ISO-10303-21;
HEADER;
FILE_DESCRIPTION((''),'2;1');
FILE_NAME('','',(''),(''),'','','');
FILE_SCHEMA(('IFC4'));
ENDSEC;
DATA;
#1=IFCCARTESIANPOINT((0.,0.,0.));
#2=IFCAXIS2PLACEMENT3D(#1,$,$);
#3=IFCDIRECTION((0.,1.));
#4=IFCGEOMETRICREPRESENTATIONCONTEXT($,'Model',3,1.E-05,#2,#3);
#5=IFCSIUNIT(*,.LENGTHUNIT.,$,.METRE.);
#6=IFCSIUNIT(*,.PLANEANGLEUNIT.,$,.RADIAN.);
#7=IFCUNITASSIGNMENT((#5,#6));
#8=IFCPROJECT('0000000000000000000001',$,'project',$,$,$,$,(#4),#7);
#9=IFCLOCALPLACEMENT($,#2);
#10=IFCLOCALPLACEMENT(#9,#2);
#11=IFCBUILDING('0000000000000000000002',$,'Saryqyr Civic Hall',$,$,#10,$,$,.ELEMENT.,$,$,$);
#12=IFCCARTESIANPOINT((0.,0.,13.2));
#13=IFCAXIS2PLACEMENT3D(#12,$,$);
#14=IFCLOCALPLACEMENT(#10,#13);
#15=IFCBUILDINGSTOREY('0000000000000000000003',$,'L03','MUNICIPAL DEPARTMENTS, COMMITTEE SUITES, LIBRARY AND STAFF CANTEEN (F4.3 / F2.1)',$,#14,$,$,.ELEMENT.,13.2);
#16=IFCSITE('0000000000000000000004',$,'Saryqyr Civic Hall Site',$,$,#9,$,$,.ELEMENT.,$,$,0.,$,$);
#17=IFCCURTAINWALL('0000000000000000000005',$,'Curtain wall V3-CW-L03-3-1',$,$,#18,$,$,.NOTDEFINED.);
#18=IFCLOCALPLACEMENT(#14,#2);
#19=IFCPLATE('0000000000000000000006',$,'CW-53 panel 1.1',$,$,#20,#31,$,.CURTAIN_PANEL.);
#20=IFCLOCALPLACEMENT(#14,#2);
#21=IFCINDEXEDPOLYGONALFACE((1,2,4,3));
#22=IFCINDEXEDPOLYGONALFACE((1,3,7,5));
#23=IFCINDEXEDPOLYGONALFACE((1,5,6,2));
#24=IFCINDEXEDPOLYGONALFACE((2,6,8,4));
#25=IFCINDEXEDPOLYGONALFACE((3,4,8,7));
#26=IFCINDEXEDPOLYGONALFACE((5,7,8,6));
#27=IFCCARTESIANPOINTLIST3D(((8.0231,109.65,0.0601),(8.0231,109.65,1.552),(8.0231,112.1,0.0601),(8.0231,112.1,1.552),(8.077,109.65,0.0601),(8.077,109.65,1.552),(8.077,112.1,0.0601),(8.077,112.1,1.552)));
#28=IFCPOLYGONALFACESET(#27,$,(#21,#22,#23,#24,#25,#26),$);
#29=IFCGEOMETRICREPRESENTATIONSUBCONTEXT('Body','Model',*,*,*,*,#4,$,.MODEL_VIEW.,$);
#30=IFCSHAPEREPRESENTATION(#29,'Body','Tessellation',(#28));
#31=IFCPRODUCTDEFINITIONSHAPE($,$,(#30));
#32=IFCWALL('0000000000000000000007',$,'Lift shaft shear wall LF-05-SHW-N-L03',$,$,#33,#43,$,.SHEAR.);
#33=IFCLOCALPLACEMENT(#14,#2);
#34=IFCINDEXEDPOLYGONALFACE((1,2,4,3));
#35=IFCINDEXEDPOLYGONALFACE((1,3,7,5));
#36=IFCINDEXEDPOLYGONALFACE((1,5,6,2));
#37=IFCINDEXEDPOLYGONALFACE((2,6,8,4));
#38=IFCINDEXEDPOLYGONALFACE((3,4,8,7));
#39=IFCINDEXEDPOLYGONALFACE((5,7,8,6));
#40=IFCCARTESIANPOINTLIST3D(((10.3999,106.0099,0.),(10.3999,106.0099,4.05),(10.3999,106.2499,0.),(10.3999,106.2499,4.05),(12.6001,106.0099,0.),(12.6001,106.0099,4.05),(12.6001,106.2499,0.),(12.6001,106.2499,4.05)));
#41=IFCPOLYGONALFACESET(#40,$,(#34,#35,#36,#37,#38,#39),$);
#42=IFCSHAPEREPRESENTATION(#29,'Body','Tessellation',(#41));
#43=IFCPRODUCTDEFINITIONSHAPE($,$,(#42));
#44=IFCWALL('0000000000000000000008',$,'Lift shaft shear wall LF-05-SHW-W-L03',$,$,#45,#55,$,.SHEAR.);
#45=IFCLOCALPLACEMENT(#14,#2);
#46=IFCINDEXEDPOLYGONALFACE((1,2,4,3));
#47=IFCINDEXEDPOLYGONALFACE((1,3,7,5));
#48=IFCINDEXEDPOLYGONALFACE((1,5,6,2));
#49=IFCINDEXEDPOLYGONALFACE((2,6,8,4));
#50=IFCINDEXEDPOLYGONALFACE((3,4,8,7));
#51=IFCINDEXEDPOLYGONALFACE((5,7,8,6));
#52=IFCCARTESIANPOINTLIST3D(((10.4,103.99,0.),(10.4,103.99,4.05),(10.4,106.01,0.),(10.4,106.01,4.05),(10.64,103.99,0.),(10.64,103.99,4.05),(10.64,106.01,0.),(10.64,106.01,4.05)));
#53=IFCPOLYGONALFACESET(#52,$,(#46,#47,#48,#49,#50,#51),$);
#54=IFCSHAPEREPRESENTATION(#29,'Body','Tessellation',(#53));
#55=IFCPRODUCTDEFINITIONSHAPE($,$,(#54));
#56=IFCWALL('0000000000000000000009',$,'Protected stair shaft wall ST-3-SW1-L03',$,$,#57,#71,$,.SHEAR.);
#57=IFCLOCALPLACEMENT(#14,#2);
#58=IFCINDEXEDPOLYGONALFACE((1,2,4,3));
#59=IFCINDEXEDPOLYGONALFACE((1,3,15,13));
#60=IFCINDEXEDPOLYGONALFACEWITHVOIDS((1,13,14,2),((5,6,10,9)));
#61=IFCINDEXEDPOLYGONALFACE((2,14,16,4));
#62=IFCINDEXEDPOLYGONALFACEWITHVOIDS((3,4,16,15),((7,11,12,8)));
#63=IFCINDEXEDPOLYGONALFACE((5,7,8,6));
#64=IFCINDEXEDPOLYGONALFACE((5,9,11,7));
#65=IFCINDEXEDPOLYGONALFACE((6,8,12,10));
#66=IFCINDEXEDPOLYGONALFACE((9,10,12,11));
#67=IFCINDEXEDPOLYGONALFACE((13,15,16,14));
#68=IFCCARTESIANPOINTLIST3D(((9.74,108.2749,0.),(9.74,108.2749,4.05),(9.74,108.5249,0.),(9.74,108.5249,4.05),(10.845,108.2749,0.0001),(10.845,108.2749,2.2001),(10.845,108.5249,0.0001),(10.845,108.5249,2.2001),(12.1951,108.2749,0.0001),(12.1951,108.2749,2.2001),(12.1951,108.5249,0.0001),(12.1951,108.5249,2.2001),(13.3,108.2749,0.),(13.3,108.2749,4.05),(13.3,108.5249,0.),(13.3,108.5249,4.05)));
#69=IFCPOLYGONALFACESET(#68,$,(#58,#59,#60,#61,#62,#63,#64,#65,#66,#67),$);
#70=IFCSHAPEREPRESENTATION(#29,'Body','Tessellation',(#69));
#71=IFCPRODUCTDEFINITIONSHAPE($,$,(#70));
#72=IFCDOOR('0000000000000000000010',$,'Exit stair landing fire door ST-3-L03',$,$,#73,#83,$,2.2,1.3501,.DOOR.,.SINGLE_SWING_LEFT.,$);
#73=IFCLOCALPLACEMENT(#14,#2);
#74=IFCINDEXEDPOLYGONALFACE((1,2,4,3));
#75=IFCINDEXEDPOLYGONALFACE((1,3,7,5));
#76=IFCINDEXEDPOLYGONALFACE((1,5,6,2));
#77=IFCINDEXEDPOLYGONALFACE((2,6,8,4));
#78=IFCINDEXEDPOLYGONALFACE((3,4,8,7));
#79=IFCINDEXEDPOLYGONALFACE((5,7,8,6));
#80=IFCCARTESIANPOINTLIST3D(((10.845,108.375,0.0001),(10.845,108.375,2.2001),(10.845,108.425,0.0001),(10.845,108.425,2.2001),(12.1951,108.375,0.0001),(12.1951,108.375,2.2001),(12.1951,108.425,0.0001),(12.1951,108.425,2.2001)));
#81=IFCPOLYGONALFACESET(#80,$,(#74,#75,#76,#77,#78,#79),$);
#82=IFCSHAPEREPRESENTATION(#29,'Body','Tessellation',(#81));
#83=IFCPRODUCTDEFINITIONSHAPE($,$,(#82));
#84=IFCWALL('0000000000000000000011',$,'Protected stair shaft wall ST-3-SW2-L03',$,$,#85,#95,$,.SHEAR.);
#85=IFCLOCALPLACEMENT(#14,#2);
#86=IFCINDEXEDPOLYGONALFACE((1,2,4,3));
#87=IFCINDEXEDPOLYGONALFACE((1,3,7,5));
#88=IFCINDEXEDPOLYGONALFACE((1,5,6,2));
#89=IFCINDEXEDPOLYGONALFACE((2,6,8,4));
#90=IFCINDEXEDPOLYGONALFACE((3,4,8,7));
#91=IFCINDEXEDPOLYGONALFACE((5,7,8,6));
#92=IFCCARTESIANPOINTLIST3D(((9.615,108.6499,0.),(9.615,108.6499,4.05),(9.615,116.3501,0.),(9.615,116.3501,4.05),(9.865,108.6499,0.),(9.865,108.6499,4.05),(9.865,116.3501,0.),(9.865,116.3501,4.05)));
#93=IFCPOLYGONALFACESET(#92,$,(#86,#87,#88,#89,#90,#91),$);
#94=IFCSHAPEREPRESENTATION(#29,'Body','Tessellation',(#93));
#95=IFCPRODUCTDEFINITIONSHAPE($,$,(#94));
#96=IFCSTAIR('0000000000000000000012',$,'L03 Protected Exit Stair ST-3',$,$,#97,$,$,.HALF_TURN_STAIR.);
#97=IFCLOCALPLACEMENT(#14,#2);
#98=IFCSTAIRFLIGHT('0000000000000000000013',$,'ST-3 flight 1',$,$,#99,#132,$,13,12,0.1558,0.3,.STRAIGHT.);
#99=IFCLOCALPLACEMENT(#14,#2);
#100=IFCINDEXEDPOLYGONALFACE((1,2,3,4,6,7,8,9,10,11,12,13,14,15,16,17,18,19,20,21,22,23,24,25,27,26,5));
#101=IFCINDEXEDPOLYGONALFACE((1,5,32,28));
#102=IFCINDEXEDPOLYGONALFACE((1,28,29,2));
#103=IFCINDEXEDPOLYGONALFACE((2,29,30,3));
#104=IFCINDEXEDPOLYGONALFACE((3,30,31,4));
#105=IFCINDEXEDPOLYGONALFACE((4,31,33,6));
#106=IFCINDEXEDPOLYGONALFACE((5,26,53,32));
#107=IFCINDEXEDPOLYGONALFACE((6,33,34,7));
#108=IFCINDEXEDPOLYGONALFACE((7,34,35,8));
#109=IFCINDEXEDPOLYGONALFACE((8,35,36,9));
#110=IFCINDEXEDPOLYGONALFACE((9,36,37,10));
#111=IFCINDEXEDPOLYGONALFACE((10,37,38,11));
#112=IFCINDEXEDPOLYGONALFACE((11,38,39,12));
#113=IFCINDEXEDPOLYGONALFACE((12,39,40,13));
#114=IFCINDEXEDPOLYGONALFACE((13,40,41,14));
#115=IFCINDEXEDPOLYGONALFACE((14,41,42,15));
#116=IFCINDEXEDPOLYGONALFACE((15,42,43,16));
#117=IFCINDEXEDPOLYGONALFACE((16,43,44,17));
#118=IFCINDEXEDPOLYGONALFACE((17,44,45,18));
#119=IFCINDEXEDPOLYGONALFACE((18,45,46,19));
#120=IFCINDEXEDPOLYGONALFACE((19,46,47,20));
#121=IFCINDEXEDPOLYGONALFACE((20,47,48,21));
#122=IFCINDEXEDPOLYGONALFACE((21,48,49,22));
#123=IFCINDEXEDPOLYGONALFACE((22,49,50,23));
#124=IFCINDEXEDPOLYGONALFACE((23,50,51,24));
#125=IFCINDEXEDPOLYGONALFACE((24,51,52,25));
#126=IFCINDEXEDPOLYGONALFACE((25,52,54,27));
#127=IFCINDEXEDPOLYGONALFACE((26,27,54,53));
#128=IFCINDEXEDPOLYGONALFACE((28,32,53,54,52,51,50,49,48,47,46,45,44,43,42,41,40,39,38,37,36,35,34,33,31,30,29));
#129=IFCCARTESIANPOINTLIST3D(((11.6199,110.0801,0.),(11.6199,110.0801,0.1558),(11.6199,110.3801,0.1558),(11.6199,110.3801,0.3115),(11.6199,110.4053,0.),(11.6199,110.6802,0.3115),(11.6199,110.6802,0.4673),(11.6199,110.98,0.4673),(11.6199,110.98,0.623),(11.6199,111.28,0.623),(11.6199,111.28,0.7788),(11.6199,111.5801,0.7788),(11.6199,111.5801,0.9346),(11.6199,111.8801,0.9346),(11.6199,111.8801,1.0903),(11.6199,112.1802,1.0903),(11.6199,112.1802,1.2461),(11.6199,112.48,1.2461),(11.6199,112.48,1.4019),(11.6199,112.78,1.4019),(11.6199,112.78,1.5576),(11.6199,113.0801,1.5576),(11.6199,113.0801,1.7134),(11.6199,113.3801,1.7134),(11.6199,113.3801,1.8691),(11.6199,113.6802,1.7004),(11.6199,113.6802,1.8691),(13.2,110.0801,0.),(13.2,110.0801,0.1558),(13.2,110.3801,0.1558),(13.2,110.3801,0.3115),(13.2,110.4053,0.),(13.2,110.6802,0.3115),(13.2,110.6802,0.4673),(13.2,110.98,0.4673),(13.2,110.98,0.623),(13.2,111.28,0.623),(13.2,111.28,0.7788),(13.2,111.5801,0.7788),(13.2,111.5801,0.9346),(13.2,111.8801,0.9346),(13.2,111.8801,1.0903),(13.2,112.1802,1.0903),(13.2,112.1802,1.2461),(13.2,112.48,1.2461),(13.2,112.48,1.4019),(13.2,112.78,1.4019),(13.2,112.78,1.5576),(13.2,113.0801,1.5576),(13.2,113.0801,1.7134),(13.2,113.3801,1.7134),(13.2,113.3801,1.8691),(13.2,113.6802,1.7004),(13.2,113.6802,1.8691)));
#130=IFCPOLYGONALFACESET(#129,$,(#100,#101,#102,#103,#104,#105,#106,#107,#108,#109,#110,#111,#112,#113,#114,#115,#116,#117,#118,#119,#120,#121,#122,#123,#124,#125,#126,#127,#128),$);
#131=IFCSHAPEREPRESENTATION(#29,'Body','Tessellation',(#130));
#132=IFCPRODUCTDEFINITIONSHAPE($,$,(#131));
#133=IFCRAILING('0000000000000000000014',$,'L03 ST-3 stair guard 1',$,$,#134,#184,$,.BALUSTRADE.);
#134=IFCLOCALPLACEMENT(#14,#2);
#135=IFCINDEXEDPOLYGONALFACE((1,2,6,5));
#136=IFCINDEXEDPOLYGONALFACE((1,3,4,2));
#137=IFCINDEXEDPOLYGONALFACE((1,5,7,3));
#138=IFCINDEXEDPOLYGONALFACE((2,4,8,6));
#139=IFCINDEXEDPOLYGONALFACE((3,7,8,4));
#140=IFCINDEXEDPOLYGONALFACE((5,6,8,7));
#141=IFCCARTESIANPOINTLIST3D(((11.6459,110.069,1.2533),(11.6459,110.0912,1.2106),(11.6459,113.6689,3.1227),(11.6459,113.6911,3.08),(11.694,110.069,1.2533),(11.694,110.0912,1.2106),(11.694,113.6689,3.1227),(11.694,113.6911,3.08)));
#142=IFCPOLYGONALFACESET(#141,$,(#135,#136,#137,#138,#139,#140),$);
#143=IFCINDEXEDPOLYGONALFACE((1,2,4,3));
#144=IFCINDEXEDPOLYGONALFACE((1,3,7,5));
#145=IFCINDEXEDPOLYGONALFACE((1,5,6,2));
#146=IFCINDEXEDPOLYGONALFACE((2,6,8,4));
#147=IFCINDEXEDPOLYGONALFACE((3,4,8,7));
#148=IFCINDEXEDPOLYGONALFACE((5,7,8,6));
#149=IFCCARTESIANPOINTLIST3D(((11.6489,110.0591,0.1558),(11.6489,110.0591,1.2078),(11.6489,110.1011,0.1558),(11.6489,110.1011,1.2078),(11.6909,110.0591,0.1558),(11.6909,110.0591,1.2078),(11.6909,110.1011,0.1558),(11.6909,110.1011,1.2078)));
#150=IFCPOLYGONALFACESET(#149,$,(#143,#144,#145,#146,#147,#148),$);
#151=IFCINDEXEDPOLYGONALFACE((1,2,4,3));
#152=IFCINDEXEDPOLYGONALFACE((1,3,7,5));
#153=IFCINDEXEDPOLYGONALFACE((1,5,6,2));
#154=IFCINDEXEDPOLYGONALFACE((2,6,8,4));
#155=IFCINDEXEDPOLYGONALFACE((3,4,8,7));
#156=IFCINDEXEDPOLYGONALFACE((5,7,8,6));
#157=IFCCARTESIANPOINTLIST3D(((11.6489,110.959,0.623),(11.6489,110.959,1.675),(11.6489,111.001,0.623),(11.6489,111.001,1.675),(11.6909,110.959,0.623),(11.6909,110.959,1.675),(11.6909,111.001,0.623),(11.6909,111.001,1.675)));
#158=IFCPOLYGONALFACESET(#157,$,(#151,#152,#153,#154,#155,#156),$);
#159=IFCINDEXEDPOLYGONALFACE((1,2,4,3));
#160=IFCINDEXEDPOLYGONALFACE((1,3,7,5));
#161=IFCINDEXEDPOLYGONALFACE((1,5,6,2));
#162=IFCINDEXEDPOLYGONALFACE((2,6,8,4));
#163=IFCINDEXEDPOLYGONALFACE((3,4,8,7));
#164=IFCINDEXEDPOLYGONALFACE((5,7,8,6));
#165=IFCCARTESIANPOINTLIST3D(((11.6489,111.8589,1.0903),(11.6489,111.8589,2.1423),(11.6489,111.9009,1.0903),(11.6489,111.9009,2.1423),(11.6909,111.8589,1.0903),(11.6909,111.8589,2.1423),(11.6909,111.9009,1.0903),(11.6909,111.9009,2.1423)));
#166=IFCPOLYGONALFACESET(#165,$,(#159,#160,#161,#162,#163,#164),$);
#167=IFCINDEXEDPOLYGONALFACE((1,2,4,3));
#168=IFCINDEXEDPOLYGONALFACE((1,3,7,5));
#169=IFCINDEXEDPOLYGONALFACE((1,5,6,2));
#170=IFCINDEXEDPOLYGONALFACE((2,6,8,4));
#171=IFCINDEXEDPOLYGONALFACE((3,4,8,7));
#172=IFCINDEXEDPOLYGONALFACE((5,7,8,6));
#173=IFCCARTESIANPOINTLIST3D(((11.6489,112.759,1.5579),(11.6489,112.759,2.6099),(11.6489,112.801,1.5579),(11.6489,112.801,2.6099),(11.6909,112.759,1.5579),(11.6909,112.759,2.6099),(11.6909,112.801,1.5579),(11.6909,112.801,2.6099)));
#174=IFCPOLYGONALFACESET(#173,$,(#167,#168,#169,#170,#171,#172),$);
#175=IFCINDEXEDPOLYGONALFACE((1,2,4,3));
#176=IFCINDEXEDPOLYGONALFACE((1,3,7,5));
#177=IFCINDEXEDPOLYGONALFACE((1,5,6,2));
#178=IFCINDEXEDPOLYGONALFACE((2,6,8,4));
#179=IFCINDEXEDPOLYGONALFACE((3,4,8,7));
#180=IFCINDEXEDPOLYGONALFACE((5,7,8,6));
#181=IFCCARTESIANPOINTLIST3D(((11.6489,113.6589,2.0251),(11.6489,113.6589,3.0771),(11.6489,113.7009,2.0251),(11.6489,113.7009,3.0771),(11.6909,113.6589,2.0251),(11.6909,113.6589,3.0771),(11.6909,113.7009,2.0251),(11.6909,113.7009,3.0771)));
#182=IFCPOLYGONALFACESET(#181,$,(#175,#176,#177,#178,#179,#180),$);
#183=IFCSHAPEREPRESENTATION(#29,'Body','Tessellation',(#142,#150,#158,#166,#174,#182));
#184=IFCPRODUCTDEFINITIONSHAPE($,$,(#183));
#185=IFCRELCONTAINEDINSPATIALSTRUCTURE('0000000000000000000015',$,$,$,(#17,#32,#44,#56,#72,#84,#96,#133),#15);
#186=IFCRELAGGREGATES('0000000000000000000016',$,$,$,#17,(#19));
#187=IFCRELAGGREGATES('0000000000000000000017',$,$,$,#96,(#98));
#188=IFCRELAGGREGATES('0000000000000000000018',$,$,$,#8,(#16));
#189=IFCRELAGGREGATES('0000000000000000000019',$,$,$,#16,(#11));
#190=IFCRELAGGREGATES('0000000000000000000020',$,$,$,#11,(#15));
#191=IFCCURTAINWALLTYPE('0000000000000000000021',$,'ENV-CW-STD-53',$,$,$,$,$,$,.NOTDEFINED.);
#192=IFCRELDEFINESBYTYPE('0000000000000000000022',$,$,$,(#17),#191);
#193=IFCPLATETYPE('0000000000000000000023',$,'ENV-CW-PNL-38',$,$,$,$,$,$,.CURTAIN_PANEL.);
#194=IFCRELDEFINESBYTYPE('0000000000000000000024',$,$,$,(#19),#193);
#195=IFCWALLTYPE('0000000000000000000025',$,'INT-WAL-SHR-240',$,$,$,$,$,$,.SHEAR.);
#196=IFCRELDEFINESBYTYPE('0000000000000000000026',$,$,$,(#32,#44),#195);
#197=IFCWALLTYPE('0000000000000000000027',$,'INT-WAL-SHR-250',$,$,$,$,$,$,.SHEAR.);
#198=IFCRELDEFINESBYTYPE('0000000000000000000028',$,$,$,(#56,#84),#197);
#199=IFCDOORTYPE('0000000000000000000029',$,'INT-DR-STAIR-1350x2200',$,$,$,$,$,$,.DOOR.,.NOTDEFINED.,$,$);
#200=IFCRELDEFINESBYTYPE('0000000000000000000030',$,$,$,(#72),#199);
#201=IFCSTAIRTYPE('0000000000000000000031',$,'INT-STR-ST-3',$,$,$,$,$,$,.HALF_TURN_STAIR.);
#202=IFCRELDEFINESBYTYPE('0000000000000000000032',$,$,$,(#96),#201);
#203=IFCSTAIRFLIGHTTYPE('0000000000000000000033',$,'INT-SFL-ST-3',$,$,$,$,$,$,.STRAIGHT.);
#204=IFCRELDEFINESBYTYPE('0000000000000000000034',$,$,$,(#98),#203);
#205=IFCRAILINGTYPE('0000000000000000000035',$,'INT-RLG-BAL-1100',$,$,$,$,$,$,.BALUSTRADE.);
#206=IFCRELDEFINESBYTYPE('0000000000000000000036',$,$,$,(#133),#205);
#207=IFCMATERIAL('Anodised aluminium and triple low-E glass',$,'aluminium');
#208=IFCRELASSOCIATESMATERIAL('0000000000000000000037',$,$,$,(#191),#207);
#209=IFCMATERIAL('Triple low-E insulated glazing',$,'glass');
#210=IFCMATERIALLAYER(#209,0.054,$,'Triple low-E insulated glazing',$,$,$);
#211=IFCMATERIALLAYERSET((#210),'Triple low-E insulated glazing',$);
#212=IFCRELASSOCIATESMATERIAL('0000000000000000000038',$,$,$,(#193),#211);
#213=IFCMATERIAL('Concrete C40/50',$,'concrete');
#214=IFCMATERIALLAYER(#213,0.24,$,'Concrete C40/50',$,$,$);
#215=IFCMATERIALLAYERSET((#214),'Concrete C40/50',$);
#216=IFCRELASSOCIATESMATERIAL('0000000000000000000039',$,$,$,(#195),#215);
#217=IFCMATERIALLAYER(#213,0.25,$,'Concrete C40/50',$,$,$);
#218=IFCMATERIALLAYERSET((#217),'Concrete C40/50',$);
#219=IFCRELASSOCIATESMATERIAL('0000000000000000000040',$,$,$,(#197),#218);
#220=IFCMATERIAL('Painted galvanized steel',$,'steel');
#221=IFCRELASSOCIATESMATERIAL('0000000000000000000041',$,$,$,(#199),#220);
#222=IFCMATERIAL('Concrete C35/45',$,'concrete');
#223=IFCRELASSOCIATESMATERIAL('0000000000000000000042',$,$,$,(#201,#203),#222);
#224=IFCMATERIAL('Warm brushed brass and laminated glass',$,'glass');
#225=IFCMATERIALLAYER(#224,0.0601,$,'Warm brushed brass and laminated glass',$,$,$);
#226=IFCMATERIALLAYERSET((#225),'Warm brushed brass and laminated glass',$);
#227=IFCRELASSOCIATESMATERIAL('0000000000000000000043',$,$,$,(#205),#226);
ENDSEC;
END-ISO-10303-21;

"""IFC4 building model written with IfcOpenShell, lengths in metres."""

from ifc_helpers import new_model, si_unit, direction, frame, frame_2d, origin, origin_2d, place, context, subcontext, project, spatial, polyline, rectangle, outline, extrude, material, layer, layer_set, type_object, element, fill, aggregate, save


model = new_model("IFC4")

# Units and contexts
model_context = context("Model", 3, precision=1e-05, world=origin(), true_north=direction((0.0, 1.0)))
body_context = subcontext(model_context, "Body", "Model", "MODEL_VIEW")
ifc_project = project(units=[si_unit("LENGTHUNIT", "METRE"), si_unit("PLANEANGLEUNIT", "RADIAN")], contexts=[model_context])

# Site, building, storey
site_placement = place(None, origin())
site = spatial("IfcSite", under=ifc_project, at=site_placement, Name="Saryqyr Civic Hall Site", CompositionType="ELEMENT", RefElevation=0.0)
building_placement = place(site_placement, origin())
building = spatial("IfcBuilding", under=site, at=building_placement, Name="Saryqyr Civic Hall", CompositionType="ELEMENT")
storey_placement = place(building_placement, frame((0.0, 0.0, 13.2)))
storey = spatial("IfcBuildingStorey", under=building, at=storey_placement, Name="L03", Description="MUNICIPAL DEPARTMENTS, COMMITTEE SUITES, LIBRARY AND STAFF CANTEEN (F4.3 / F2.1)", CompositionType="ELEMENT", Elevation=13.2)

# Shared definitions
ifc_material_1 = material(Name="Concrete C40/50", Category="concrete")

# Curtain wall
ifc_material_2 = material(Name="Anodised aluminium and triple low-E glass", Category="aluminium")
curtain_wall_type = type_object("IfcCurtainWallType", Name="ENV-CW-STD-53", PredefinedType="NOTDEFINED", material=ifc_material_2)
curtain_wall_placement = place(storey_placement, origin())
curtain_wall = element("IfcCurtainWall", 1, at=curtain_wall_placement, inside=storey, type_object=curtain_wall_type, Name="Curtain wall V3-CW-L03-3-1", PredefinedType="NOTDEFINED")

# Shared definitions
ifc_material_3 = material(Name="Concrete C35/45", Category="concrete")

# Plate
ifc_material_4 = material(Name="Triple low-E insulated glazing", Category="glass")
ifc_layer_1 = layer(ifc_material_4, 0.054, Name="Triple low-E insulated glazing")
ifc_layer_set_1 = layer_set([ifc_layer_1], Name="Triple low-E insulated glazing")
plate_type = type_object("IfcPlateType", Name="ENV-CW-PNL-38", PredefinedType="CURTAIN_PANEL", material=ifc_layer_set_1)
plate_placement = place(storey_placement, frame((8.05, 110.875, 0.0601), z_axis=(0.0, 0.0, 1.0), x_axis=(0.0, 1.0, 0.0)))
plate = element("IfcPlate", 2, at=plate_placement, type_object=plate_type, Name="CW-53 panel 1.1", PredefinedType="CURTAIN_PANEL", context=body_context, shape_type="SweptSolid", body=[
    extrude(rectangle(XDim=2.45, YDim=0.054, at=origin_2d()), origin(), (0.0, 0.0, 1.0), 1.4919),
])
aggregate(curtain_wall, [plate])

# Shared definitions
ifc_layer_2 = layer(ifc_material_1, 0.24, Name="Concrete C40/50")
ifc_layer_set_2 = layer_set([ifc_layer_2], Name="Concrete C40/50")
wall_type_1 = type_object("IfcWallType", Name="INT-WAL-SHR-240", PredefinedType="SHEAR", material=ifc_layer_set_2)

# Walls
wall_1_placement = place(storey_placement, frame((10.3999, 106.1299, 0.0), z_axis=(0.0, 0.0, 1.0), x_axis=(1.0, 0.0, 0.0)))
element("IfcWall", 3, at=wall_1_placement, inside=storey, type_object=wall_type_1, Name="Lift shaft shear wall LF-05-SHW-N-L03", PredefinedType="SHEAR", context=body_context, shape_type="SweptSolid", body=[
    extrude(rectangle(XDim=2.2002, YDim=0.24, at=frame_2d((1.1001, 0.0))), origin(), (0.0, 0.0, 1.0), 4.05),
])
wall_2_placement = place(storey_placement, frame((10.52, 103.99, 0.0), z_axis=(0.0, 0.0, 1.0), x_axis=(0.0, 1.0, 0.0)))
element("IfcWall", 4, at=wall_2_placement, inside=storey, type_object=wall_type_1, Name="Lift shaft shear wall LF-05-SHW-W-L03", PredefinedType="SHEAR", context=body_context, shape_type="SweptSolid", body=[
    extrude(rectangle(XDim=2.02, YDim=0.24, at=frame_2d((1.01, 0.0))), origin(), (0.0, 0.0, 1.0), 4.05),
])

# Wall, opening, door
ifc_layer_3 = layer(ifc_material_1, 0.25, Name="Concrete C40/50")
ifc_layer_set_3 = layer_set([ifc_layer_3], Name="Concrete C40/50")
wall_type_2 = type_object("IfcWallType", Name="INT-WAL-SHR-250", PredefinedType="SHEAR", material=ifc_layer_set_3)
wall_3_placement = place(storey_placement, frame((13.3, 108.3999, 0.0), z_axis=(0.0, 0.0, 1.0), x_axis=(-1.0, 0.0, 0.0)))
wall_3 = element("IfcWall", 5, at=wall_3_placement, inside=storey, type_object=wall_type_2, Name="Protected stair shaft wall ST-3-SW1-L03", PredefinedType="SHEAR", context=body_context, shape_type="SweptSolid", body=[
    extrude(rectangle(XDim=3.5601, YDim=0.25, at=frame_2d((1.78, 0.0))), origin(), (0.0, 0.0, 1.0), 4.05),
])
opening_1_placement = place(wall_3_placement, frame((1.105, 0.0, 0.0)))
opening_1 = element("IfcOpeningElement", 6, at=opening_1_placement, cuts=wall_3, PredefinedType="OPENING", context=body_context, shape_type="SweptSolid", body=[
    extrude(rectangle(XDim=1.3501, YDim=2.2, at=frame_2d((0.675, 1.1001))), frame((0.0, 0.135, 0.0), z_axis=(0.0, -1.0, 0.0), x_axis=(1.0, 0.0, 0.0)), (0.0, 0.0, 1.0), 0.27),
])
ifc_material_5 = material(Name="Painted galvanized steel", Category="steel")
door_type_1 = type_object("IfcDoorType", Name="INT-DR-STAIR-1350x2200", OperationType="NOTDEFINED", PredefinedType="DOOR", material=ifc_material_5)
door_1_placement = place(opening_1_placement, origin())
door_1 = element("IfcDoor", 7, at=door_1_placement, inside=storey, type_object=door_type_1, Name="Exit stair landing fire door ST-3-L03", OperationType="SINGLE_SWING_LEFT", OverallHeight=2.2, OverallWidth=1.3501, PredefinedType="DOOR", context=body_context, shape_type="SweptSolid", body=[
    extrude(rectangle(XDim=1.3501, YDim=2.2, at=frame_2d((0.675, 1.1001))), frame((0.0, 0.0249, 0.0), z_axis=(0.0, -1.0, 0.0), x_axis=(1.0, 0.0, 0.0)), (0.0, 0.0, 1.0), 0.05),
])
fill(opening_1, door_1)

# Wall
wall_4_placement = place(storey_placement, frame((9.74, 108.6499, 0.0), z_axis=(0.0, 0.0, 1.0), x_axis=(0.0, 1.0, 0.0)))
element("IfcWall", 8, at=wall_4_placement, inside=storey, type_object=wall_type_2, Name="Protected stair shaft wall ST-3-SW2-L03", PredefinedType="SHEAR", context=body_context, shape_type="SweptSolid", body=[
    extrude(rectangle(XDim=7.7002, YDim=0.25, at=frame_2d((3.8501, 0.0))), origin(), (0.0, 0.0, 1.0), 4.05),
])

# Stair, stair flight
stair_type = type_object("IfcStairType", Name="INT-STR-ST-3", PredefinedType="HALF_TURN_STAIR", material=ifc_material_3)
stair_placement = place(storey_placement, origin())
stair = element("IfcStair", 9, at=stair_placement, inside=storey, type_object=stair_type, Name="L03 Protected Exit Stair ST-3", PredefinedType="HALF_TURN_STAIR")
stair_flight_type = type_object("IfcStairFlightType", Name="INT-SFL-ST-3", PredefinedType="STRAIGHT", material=ifc_material_3)
stair_flight_placement = place(storey_placement, frame((12.4099, 110.0801, 0.0), z_axis=(0.0, 0.0, 1.0), x_axis=(0.0, 1.0, 0.0)))
stair_flight = element("IfcStairFlight", 10, at=stair_flight_placement, type_object=stair_flight_type, Name="ST-3 flight 1", NumberOfRisers=13, NumberOfTreads=12, PredefinedType="STRAIGHT", RiserHeight=0.1558, TreadLength=0.3, context=body_context, shape_type="SweptSolid", body=[
    extrude(outline(polyline([(0.0, 0.0), (0.0, 0.1558), (0.3, 0.1558), (0.3, 0.3115), (0.6001, 0.3115), (0.6001, 0.4673), (0.8999, 0.4673), (0.8999, 0.623), (1.2, 0.623), (1.2, 0.7788), (1.5, 0.7788), (1.5, 0.9346), (1.8, 0.9346), (1.8, 1.0903), (2.1001, 1.0903), (2.1001, 1.2461), (2.3999, 1.2461), (2.3999, 1.4019), (2.7, 1.4019), (2.7, 1.5576), (3.0, 1.5576), (3.0, 1.7134), (3.3, 1.7134), (3.3, 1.8691), (3.6001, 1.8691), (3.6001, 2.0249), (3.6001, 1.7004), (0.3252, 0.0), (0.0, 0.0)])), frame((0.0, 0.79, 0.0), z_axis=(0.0, -1.0, 0.0), x_axis=(1.0, 0.0, 0.0)), (0.0, 0.0, 1.0), 1.5801),
])
aggregate(stair, [stair_flight])

# Railing
ifc_material_6 = material(Name="Warm brushed brass and laminated glass", Category="glass")
ifc_layer_4 = layer(ifc_material_6, 0.0601, Name="Warm brushed brass and laminated glass")
ifc_layer_set_4 = layer_set([ifc_layer_4], Name="Warm brushed brass and laminated glass")
railing_type_1 = type_object("IfcRailingType", Name="INT-RLG-BAL-1100", PredefinedType="BALUSTRADE", material=ifc_layer_set_4)
railing_1_placement = place(storey_placement, frame((11.6699, 110.0801, 0.1558)))
element("IfcRailing", 11, at=railing_1_placement, inside=storey, type_object=railing_type_1, Name="L03 ST-3 stair guard 1", PredefinedType="BALUSTRADE", context=body_context, shape_type="SweptSolid", body=[
    extrude(rectangle(XDim=0.0481, YDim=0.0481, at=origin_2d()), frame((0.0, 0.0, 1.0762), z_axis=(0.0, 0.887473, 0.46086), x_axis=(-1.0, 0.0, 0.0)), (0.0, 0.0, 1.0), 4.0564),
    extrude(rectangle(XDim=0.042, YDim=0.042, at=origin_2d()), origin(), (0.0, 0.0, 1.0), 1.052),
    extrude(rectangle(XDim=0.042, YDim=0.042, at=origin_2d()), frame((0.0, 0.8999, 0.4673)), (0.0, 0.0, 1.0), 1.052),
    extrude(rectangle(XDim=0.042, YDim=0.042, at=origin_2d()), frame((0.0, 1.7998, 0.9346)), (0.0, 0.0, 1.0), 1.052),
    extrude(rectangle(XDim=0.042, YDim=0.042, at=origin_2d()), frame((0.0, 2.7, 1.4021)), (0.0, 0.0, 1.0), 1.052),
    extrude(rectangle(XDim=0.042, YDim=0.042, at=origin_2d()), frame((0.0, 3.5999, 1.8694)), (0.0, 0.0, 1.0), 1.052),
])

save(model, "model.ifc")
